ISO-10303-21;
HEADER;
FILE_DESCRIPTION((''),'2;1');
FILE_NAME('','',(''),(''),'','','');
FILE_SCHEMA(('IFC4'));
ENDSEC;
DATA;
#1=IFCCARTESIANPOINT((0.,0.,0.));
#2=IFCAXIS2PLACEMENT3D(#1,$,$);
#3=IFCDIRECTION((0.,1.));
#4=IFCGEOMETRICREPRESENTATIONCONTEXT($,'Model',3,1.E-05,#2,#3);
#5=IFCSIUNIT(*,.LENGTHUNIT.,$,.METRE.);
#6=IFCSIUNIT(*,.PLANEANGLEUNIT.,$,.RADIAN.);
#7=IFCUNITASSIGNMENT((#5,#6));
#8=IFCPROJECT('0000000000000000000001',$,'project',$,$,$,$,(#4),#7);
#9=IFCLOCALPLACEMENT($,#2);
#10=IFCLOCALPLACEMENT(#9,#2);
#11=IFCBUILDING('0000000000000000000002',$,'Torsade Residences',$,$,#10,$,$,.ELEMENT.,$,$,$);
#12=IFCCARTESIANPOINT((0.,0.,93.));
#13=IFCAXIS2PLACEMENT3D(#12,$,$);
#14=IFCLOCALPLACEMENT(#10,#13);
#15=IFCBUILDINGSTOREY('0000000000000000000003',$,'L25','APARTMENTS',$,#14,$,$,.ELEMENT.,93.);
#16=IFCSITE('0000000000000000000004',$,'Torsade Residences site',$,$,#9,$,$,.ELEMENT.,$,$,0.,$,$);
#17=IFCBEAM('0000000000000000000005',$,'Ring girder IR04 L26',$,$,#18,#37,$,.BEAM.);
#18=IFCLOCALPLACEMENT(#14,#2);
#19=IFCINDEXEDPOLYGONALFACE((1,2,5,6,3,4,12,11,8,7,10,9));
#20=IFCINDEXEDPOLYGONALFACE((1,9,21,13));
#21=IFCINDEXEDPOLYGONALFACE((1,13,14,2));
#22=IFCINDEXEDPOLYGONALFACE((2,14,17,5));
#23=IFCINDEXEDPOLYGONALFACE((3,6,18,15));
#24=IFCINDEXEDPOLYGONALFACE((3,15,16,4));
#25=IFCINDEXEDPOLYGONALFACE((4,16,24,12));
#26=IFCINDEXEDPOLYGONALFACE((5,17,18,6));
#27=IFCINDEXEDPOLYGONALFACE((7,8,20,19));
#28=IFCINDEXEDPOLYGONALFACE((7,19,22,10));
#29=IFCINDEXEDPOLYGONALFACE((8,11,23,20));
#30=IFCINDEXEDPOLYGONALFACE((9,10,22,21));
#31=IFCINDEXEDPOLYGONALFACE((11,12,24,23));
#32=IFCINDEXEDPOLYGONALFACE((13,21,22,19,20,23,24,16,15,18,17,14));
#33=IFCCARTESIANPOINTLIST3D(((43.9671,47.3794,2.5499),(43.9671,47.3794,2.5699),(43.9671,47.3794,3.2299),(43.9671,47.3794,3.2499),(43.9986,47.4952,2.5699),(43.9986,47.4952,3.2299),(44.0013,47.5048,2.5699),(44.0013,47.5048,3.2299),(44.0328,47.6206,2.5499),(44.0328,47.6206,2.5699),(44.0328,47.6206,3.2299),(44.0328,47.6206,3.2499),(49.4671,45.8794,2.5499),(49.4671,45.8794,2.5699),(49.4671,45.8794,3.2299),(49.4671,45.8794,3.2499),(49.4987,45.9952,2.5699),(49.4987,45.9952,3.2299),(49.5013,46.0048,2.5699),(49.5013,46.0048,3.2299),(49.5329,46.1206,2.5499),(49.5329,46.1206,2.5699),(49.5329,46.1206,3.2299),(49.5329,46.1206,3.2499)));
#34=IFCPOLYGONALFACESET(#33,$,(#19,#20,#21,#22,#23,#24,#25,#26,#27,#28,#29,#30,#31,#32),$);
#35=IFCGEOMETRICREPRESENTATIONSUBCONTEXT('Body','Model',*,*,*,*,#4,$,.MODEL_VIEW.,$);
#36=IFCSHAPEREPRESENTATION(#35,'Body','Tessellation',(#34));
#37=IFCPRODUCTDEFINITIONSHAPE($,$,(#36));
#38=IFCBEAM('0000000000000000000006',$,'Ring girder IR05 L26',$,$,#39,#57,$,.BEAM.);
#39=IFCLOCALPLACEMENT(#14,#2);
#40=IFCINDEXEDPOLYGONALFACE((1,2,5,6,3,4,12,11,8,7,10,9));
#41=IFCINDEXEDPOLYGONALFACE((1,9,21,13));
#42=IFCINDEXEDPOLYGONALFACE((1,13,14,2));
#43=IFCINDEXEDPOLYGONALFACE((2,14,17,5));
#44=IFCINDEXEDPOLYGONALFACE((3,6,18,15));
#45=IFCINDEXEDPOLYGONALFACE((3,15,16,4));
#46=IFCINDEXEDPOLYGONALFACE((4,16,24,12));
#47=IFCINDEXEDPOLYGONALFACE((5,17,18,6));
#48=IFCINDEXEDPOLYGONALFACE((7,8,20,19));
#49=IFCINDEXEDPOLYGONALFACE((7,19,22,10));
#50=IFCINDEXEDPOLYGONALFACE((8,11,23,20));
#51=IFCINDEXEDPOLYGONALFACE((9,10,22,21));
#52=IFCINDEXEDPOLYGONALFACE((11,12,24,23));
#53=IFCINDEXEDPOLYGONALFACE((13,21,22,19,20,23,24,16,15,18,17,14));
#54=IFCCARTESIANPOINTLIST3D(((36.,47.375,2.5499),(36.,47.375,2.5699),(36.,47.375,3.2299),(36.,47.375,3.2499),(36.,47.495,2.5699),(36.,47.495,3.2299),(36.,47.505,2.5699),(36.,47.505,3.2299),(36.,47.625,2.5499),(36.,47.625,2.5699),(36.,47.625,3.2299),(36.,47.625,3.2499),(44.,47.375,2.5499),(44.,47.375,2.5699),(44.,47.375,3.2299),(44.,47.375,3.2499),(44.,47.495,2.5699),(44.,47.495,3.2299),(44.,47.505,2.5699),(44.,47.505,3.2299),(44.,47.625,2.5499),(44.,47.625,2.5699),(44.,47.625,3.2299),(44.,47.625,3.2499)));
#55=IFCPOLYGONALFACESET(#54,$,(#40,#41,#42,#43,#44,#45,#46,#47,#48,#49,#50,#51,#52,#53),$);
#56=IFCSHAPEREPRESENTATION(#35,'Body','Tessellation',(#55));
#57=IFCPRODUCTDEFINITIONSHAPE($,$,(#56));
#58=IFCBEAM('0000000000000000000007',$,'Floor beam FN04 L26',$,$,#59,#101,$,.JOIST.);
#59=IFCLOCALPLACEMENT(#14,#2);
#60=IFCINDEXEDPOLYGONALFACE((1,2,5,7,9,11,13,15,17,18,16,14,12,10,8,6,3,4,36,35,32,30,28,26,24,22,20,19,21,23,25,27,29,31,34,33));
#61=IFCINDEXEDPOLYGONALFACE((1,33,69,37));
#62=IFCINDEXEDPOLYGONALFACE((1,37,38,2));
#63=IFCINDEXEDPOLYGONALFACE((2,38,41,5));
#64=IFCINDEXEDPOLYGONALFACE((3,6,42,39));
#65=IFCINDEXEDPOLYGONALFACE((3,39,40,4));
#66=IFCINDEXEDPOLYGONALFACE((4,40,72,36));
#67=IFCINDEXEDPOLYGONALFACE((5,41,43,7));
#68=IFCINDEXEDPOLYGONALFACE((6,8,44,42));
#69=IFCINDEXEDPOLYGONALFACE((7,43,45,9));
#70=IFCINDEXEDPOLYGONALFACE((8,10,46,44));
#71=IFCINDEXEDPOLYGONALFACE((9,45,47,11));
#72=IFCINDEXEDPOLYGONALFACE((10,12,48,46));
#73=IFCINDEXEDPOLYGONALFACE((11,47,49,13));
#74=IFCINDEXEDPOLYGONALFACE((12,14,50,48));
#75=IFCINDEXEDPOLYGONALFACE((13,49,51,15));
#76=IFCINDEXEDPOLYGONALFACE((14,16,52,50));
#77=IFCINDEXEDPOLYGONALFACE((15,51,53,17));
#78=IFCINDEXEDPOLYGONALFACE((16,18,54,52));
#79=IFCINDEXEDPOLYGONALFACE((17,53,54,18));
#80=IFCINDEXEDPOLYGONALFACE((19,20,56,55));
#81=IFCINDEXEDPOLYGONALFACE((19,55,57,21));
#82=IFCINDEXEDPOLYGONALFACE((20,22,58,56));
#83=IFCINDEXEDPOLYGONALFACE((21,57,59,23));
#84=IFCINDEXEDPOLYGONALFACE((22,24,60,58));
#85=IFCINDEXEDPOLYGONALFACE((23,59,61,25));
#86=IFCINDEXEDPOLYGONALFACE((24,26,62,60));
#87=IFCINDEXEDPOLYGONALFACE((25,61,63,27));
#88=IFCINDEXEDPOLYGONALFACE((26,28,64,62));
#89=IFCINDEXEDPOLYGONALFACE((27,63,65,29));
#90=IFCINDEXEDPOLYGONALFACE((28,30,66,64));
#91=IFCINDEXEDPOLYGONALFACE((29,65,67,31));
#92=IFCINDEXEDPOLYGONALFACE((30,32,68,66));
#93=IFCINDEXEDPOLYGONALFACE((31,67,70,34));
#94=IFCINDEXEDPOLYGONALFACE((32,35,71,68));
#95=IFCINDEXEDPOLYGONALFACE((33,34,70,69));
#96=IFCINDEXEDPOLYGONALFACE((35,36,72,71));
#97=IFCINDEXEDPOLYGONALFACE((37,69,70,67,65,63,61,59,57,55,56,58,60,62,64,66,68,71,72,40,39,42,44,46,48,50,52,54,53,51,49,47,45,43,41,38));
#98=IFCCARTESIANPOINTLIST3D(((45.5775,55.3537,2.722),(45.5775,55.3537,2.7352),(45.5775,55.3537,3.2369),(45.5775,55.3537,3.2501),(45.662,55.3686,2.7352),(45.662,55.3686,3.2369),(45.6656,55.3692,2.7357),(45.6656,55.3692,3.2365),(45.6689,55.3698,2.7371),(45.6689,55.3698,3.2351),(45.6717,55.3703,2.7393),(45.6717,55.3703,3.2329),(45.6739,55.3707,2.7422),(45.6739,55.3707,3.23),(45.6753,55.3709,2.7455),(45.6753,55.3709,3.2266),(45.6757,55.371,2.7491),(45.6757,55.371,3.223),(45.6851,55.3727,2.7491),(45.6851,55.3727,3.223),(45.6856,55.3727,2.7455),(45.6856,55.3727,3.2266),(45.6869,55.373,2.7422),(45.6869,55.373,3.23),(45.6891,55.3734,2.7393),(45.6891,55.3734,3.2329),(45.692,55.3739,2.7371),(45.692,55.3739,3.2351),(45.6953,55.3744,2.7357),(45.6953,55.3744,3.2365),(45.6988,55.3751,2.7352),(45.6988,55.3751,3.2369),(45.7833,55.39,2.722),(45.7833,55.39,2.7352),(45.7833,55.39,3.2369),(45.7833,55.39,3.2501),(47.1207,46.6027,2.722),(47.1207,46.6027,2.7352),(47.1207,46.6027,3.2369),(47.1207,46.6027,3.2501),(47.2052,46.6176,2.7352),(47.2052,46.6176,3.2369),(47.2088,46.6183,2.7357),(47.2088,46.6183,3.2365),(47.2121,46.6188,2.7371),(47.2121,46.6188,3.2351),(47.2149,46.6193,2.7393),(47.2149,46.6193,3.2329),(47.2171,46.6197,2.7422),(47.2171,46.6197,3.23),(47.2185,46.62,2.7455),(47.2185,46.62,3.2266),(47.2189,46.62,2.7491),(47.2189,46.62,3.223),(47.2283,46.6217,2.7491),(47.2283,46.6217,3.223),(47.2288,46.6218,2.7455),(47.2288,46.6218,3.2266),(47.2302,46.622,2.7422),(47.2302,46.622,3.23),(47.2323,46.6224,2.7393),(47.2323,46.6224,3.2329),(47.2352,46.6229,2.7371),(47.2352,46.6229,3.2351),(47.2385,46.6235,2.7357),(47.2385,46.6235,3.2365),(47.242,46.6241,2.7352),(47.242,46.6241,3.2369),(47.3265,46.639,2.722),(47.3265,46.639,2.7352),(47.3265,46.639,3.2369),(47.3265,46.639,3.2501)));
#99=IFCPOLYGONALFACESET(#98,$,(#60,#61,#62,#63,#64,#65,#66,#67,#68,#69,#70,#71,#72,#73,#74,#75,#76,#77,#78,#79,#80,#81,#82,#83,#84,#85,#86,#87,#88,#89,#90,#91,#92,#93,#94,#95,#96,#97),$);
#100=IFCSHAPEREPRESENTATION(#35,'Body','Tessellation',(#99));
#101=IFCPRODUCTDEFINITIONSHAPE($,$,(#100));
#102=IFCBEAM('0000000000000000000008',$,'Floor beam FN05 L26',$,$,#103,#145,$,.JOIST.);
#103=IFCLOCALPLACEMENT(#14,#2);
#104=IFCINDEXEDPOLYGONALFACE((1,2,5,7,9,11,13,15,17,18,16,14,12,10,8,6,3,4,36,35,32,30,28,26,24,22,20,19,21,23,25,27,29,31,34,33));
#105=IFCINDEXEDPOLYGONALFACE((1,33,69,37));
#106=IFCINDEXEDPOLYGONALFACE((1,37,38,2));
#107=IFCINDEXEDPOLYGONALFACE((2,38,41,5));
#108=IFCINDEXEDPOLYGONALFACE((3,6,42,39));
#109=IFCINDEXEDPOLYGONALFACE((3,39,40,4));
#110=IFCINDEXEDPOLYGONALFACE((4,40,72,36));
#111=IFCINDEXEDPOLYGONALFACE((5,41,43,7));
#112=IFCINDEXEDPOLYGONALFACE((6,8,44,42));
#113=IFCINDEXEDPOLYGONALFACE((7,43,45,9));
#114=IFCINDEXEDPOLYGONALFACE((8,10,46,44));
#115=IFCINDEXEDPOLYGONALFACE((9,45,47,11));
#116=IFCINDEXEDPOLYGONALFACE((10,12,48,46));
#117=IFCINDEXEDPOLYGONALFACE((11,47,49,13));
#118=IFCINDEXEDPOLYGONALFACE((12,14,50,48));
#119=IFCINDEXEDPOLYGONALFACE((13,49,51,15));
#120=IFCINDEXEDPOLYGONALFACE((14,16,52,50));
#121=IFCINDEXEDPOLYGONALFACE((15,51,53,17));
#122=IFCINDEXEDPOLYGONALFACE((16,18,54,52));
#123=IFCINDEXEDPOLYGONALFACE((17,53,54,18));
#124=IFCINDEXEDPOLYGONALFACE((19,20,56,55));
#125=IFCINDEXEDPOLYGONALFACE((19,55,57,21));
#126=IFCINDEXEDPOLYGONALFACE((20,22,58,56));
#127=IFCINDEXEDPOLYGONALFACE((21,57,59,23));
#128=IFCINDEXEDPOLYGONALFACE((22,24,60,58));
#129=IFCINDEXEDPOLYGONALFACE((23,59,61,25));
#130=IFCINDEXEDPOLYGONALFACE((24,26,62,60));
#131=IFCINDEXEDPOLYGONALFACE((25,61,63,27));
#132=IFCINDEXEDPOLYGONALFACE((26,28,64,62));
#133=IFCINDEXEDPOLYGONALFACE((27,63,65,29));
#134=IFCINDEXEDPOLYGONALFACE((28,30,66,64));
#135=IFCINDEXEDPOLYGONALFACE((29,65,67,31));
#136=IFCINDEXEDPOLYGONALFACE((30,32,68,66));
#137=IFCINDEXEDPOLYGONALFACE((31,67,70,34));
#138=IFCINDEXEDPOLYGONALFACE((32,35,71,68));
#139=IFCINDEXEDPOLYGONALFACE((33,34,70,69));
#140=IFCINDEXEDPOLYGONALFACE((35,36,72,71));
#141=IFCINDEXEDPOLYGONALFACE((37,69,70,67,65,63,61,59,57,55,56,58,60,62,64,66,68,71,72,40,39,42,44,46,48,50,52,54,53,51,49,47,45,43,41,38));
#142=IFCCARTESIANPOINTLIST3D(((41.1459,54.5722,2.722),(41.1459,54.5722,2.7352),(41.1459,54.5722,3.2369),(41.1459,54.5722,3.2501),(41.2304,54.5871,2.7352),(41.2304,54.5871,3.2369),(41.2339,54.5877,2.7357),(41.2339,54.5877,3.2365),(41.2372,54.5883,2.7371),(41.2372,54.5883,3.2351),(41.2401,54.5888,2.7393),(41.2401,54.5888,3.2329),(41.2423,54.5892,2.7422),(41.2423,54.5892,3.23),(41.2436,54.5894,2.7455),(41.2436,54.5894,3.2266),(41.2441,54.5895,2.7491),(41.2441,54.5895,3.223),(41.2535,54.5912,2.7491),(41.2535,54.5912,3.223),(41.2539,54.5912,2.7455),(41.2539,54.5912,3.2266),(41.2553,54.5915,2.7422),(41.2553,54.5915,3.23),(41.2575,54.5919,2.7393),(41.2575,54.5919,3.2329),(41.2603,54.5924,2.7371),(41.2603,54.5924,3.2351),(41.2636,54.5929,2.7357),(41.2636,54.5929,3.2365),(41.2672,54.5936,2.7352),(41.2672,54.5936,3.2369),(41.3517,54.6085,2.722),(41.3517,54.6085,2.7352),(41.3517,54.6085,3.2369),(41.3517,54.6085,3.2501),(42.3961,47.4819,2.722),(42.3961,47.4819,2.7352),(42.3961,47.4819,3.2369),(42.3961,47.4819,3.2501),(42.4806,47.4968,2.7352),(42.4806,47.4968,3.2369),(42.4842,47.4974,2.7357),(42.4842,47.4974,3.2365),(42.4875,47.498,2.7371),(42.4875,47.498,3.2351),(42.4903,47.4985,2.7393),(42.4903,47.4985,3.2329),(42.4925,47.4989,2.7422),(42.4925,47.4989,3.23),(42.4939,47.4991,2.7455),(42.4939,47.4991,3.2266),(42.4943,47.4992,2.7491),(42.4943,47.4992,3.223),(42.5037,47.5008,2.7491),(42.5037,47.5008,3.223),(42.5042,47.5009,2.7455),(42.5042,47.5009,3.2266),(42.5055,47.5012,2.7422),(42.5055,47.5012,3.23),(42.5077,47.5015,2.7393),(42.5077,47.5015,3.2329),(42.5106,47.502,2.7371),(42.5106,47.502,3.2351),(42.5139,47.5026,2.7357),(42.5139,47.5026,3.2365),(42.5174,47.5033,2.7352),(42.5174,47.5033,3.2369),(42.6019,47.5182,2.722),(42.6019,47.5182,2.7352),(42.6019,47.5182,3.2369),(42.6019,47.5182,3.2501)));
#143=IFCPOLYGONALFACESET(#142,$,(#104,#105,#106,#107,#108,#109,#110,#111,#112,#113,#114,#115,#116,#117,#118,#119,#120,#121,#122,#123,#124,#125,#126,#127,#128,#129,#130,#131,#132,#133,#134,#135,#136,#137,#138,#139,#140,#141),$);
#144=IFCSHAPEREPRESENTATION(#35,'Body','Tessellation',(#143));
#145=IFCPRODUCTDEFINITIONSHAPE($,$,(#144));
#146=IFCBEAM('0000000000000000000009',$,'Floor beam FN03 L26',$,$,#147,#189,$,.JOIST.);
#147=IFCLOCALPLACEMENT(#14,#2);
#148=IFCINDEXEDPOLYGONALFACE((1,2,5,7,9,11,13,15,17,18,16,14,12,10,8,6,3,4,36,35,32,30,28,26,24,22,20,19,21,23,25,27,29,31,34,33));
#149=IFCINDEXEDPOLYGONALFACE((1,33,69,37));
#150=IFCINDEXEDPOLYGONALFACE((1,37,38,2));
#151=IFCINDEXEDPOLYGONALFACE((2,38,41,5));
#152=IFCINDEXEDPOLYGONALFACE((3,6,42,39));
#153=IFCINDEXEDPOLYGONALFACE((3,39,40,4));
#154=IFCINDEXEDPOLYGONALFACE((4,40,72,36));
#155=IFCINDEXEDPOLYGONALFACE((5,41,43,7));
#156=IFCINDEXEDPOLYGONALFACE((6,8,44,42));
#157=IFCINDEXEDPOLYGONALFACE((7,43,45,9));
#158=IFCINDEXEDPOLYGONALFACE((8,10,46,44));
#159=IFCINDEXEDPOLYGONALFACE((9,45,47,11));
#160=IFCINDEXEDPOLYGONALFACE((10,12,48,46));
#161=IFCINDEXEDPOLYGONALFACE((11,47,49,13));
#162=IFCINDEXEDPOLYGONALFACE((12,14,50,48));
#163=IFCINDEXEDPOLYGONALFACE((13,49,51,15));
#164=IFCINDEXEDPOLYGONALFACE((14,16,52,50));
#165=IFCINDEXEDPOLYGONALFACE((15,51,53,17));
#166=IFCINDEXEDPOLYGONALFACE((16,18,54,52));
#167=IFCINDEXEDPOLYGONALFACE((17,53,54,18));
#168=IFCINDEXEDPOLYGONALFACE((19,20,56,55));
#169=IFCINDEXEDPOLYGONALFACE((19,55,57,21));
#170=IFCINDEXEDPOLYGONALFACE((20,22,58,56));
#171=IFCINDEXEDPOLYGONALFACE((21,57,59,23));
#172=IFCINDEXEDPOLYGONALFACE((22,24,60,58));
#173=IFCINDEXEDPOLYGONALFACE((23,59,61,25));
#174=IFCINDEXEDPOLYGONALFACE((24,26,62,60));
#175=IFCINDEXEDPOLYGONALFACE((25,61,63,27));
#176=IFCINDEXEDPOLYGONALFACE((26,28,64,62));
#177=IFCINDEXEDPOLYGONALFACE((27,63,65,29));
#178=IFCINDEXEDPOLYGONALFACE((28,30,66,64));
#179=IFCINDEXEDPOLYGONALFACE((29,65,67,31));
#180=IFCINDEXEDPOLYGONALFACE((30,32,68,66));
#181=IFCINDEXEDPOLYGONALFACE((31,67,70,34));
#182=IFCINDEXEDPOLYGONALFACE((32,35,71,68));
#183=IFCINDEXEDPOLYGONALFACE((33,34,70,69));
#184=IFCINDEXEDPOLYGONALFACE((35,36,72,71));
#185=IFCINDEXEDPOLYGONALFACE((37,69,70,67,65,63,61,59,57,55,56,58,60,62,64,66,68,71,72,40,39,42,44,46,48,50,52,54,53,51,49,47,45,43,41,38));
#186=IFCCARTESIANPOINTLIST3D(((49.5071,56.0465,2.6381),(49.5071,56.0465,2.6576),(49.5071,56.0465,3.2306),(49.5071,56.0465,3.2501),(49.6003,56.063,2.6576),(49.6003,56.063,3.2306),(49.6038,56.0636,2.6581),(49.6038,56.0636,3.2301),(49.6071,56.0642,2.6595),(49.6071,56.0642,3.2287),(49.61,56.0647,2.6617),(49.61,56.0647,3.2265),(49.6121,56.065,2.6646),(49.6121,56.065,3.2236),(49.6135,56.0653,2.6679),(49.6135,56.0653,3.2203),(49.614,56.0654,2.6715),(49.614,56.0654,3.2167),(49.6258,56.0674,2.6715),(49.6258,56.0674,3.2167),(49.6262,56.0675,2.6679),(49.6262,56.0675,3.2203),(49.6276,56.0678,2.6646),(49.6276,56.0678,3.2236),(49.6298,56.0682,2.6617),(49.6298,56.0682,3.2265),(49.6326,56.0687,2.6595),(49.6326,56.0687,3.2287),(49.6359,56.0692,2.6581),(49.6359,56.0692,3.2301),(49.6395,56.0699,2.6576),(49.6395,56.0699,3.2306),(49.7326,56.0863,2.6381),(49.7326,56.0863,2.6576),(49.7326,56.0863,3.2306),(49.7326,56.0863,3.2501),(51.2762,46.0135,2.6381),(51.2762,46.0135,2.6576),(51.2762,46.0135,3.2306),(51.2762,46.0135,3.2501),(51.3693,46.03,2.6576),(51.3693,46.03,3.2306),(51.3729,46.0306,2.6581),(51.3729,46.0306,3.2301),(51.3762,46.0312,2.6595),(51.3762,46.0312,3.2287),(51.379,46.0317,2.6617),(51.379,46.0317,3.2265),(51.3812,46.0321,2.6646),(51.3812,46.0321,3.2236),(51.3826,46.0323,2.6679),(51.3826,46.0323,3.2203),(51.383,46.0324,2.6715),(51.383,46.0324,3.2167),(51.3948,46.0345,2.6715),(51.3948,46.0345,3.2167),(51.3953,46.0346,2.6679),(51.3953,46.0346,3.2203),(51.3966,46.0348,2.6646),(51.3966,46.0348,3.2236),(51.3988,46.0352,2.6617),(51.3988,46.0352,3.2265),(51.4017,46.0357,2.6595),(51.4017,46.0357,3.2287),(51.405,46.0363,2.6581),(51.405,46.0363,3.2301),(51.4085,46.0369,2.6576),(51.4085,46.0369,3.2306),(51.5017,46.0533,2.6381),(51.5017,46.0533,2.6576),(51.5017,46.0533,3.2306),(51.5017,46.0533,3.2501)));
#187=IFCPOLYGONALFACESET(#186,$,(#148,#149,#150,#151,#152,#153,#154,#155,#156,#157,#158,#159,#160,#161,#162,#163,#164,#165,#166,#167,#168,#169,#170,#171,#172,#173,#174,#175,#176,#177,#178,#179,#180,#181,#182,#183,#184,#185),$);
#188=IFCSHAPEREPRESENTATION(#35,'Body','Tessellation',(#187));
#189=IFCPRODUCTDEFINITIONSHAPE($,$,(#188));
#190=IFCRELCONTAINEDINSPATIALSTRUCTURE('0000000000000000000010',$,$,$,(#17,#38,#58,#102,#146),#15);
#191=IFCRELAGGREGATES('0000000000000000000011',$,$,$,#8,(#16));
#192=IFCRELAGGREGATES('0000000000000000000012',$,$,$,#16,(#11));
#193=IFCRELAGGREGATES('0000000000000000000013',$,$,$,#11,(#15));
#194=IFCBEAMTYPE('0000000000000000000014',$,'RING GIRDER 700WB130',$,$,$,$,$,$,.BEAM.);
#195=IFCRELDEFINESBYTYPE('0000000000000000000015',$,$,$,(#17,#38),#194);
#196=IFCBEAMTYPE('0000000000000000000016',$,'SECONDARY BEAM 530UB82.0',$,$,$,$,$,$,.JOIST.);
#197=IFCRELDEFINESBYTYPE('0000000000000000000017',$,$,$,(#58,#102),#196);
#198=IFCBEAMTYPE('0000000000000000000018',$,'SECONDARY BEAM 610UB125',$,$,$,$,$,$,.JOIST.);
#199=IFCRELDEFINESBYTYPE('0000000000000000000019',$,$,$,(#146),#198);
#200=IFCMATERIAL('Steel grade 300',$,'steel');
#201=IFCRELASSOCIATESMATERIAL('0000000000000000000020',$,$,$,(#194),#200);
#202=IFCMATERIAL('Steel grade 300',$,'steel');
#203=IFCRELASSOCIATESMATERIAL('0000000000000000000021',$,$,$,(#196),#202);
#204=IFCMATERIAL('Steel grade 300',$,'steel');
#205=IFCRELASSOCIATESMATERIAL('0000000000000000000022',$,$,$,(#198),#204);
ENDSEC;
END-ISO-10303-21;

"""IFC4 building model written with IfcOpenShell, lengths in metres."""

from ifc_helpers import new_model, si_unit, direction, frame, origin, origin_2d, place, context, subcontext, project, spatial, i_section, extrude, material, material_profile, profile_set, type_object, element, save


model = new_model("IFC4")

# Units and contexts
model_context = context("Model", 3, precision=1e-05, world=origin(), true_north=direction((0.0, 1.0)))
body_context = subcontext(model_context, "Body", "Model", "MODEL_VIEW")
ifc_project = project(units=[si_unit("LENGTHUNIT", "METRE"), si_unit("PLANEANGLEUNIT", "RADIAN")], contexts=[model_context])

# Site, building, storey
site_placement = place(None, origin())
site = spatial("IfcSite", under=ifc_project, at=site_placement, Name="Torsade Residences site", CompositionType="ELEMENT", RefElevation=0.0)
building_placement = place(site_placement, origin())
building = spatial("IfcBuilding", under=site, at=building_placement, Name="Torsade Residences", CompositionType="ELEMENT")
storey_placement = place(building_placement, frame((0.0, 0.0, 93.0)))
storey = spatial("IfcBuildingStorey", under=building, at=storey_placement, Name="L25", Description="APARTMENTS", CompositionType="ELEMENT", Elevation=93.0)

# Beams
ifc_material_1 = material(Name="Steel grade 300", Category="steel")
ifc_material_profile_1 = material_profile(ifc_material_1, i_section(OverallWidth=0.25, OverallDepth=0.7, WebThickness=0.01, FlangeThickness=0.02, at=origin_2d()), Name="700WB130")
ifc_profile_set_1 = profile_set([ifc_material_profile_1], Name="Steel grade 300")
beam_type_1 = type_object("IfcBeamType", Name="RING GIRDER 700WB130", PredefinedType="BEAM", material=ifc_profile_set_1)
beam_1_placement = place(storey_placement, frame((49.5, 46.0, 2.8999), z_axis=(-0.964764, 0.263117, 0.0), x_axis=(-0.263117, -0.964764, 0.0)))
element("IfcBeam", 1, at=beam_1_placement, inside=storey, type_object=beam_type_1, Name="Ring girder IR04 L26", PredefinedType="BEAM", context=body_context, shape_type="SweptSolid", body=[
    extrude(i_section(OverallWidth=0.25, OverallDepth=0.7, WebThickness=0.01, FlangeThickness=0.02, at=origin_2d()), origin(), (0.0, 0.0, 1.0), 5.7009),
])
beam_2_placement = place(storey_placement, frame((44.0, 47.5, 2.8999), z_axis=(-1.0, 0.0, 0.0), x_axis=(0.0, -1.0, 0.0)))
element("IfcBeam", 2, at=beam_2_placement, inside=storey, type_object=beam_type_1, Name="Ring girder IR05 L26", PredefinedType="BEAM", context=body_context, shape_type="SweptSolid", body=[
    extrude(i_section(OverallWidth=0.25, OverallDepth=0.7, WebThickness=0.01, FlangeThickness=0.02, at=origin_2d()), origin(), (0.0, 0.0, 1.0), 8.0),
])
ifc_material_2 = material(Name="Steel grade 300", Category="steel")
ifc_material_profile_2 = material_profile(ifc_material_2, i_section(OverallWidth=0.209, OverallDepth=0.5281, WebThickness=0.0095, FlangeThickness=0.0132, FilletRadius=0.0139, at=origin_2d()), Name="530UB82.0")
ifc_profile_set_2 = profile_set([ifc_material_profile_2], Name="Steel grade 300")
beam_type_2 = type_object("IfcBeamType", Name="SECONDARY BEAM 530UB82.0", PredefinedType="JOIST", material=ifc_profile_set_2)
beam_3_placement = place(storey_placement, frame((45.6804, 55.3718, 2.9861), z_axis=(0.173668, -0.984804, 0.0), x_axis=(0.984804, 0.173668, 0.0)))
element("IfcBeam", 3, at=beam_3_placement, inside=storey, type_object=beam_type_2, Name="Floor beam FN04 L26", PredefinedType="JOIST", context=body_context, shape_type="SweptSolid", body=[
    extrude(i_section(OverallWidth=0.209, OverallDepth=0.5281, WebThickness=0.0095, FlangeThickness=0.0132, FilletRadius=0.0139, at=origin_2d()), origin(), (0.0, 0.0, 1.0), 8.886),
])
beam_4_placement = place(storey_placement, frame((41.2488, 54.5903, 2.9861), z_axis=(0.173652, -0.984807, 0.0), x_axis=(0.984807, 0.173652, 0.0)))
element("IfcBeam", 4, at=beam_4_placement, inside=storey, type_object=beam_type_2, Name="Floor beam FN05 L26", PredefinedType="JOIST", context=body_context, shape_type="SweptSolid", body=[
    extrude(i_section(OverallWidth=0.209, OverallDepth=0.5281, WebThickness=0.0095, FlangeThickness=0.0132, FilletRadius=0.0139, at=origin_2d()), origin(), (0.0, 0.0, 1.0), 7.1997),
])
ifc_material_3 = material(Name="Steel grade 300", Category="steel")
ifc_material_profile_3 = material_profile(ifc_material_3, i_section(OverallWidth=0.229, OverallDepth=0.6121, WebThickness=0.012, FlangeThickness=0.0195, FilletRadius=0.0139, at=origin_2d()), Name="610UB125")
ifc_profile_set_3 = profile_set([ifc_material_profile_3], Name="Steel grade 300")
beam_type_3 = type_object("IfcBeamType", Name="SECONDARY BEAM 610UB125", PredefinedType="JOIST", material=ifc_profile_set_3)
beam_5_placement = place(storey_placement, frame((49.6199, 56.0664, 2.9441), z_axis=(0.173645, -0.984808, 0.0), x_axis=(0.984808, 0.173645, 0.0)))
element("IfcBeam", 5, at=beam_5_placement, inside=storey, type_object=beam_type_3, Name="Floor beam FN03 L26", PredefinedType="JOIST", context=body_context, shape_type="SweptSolid", body=[
    extrude(i_section(OverallWidth=0.229, OverallDepth=0.6121, WebThickness=0.012, FlangeThickness=0.0195, FilletRadius=0.0139, at=origin_2d()), origin(), (0.0, 0.0, 1.0), 10.1877),
])

save(model, "model.ifc")
